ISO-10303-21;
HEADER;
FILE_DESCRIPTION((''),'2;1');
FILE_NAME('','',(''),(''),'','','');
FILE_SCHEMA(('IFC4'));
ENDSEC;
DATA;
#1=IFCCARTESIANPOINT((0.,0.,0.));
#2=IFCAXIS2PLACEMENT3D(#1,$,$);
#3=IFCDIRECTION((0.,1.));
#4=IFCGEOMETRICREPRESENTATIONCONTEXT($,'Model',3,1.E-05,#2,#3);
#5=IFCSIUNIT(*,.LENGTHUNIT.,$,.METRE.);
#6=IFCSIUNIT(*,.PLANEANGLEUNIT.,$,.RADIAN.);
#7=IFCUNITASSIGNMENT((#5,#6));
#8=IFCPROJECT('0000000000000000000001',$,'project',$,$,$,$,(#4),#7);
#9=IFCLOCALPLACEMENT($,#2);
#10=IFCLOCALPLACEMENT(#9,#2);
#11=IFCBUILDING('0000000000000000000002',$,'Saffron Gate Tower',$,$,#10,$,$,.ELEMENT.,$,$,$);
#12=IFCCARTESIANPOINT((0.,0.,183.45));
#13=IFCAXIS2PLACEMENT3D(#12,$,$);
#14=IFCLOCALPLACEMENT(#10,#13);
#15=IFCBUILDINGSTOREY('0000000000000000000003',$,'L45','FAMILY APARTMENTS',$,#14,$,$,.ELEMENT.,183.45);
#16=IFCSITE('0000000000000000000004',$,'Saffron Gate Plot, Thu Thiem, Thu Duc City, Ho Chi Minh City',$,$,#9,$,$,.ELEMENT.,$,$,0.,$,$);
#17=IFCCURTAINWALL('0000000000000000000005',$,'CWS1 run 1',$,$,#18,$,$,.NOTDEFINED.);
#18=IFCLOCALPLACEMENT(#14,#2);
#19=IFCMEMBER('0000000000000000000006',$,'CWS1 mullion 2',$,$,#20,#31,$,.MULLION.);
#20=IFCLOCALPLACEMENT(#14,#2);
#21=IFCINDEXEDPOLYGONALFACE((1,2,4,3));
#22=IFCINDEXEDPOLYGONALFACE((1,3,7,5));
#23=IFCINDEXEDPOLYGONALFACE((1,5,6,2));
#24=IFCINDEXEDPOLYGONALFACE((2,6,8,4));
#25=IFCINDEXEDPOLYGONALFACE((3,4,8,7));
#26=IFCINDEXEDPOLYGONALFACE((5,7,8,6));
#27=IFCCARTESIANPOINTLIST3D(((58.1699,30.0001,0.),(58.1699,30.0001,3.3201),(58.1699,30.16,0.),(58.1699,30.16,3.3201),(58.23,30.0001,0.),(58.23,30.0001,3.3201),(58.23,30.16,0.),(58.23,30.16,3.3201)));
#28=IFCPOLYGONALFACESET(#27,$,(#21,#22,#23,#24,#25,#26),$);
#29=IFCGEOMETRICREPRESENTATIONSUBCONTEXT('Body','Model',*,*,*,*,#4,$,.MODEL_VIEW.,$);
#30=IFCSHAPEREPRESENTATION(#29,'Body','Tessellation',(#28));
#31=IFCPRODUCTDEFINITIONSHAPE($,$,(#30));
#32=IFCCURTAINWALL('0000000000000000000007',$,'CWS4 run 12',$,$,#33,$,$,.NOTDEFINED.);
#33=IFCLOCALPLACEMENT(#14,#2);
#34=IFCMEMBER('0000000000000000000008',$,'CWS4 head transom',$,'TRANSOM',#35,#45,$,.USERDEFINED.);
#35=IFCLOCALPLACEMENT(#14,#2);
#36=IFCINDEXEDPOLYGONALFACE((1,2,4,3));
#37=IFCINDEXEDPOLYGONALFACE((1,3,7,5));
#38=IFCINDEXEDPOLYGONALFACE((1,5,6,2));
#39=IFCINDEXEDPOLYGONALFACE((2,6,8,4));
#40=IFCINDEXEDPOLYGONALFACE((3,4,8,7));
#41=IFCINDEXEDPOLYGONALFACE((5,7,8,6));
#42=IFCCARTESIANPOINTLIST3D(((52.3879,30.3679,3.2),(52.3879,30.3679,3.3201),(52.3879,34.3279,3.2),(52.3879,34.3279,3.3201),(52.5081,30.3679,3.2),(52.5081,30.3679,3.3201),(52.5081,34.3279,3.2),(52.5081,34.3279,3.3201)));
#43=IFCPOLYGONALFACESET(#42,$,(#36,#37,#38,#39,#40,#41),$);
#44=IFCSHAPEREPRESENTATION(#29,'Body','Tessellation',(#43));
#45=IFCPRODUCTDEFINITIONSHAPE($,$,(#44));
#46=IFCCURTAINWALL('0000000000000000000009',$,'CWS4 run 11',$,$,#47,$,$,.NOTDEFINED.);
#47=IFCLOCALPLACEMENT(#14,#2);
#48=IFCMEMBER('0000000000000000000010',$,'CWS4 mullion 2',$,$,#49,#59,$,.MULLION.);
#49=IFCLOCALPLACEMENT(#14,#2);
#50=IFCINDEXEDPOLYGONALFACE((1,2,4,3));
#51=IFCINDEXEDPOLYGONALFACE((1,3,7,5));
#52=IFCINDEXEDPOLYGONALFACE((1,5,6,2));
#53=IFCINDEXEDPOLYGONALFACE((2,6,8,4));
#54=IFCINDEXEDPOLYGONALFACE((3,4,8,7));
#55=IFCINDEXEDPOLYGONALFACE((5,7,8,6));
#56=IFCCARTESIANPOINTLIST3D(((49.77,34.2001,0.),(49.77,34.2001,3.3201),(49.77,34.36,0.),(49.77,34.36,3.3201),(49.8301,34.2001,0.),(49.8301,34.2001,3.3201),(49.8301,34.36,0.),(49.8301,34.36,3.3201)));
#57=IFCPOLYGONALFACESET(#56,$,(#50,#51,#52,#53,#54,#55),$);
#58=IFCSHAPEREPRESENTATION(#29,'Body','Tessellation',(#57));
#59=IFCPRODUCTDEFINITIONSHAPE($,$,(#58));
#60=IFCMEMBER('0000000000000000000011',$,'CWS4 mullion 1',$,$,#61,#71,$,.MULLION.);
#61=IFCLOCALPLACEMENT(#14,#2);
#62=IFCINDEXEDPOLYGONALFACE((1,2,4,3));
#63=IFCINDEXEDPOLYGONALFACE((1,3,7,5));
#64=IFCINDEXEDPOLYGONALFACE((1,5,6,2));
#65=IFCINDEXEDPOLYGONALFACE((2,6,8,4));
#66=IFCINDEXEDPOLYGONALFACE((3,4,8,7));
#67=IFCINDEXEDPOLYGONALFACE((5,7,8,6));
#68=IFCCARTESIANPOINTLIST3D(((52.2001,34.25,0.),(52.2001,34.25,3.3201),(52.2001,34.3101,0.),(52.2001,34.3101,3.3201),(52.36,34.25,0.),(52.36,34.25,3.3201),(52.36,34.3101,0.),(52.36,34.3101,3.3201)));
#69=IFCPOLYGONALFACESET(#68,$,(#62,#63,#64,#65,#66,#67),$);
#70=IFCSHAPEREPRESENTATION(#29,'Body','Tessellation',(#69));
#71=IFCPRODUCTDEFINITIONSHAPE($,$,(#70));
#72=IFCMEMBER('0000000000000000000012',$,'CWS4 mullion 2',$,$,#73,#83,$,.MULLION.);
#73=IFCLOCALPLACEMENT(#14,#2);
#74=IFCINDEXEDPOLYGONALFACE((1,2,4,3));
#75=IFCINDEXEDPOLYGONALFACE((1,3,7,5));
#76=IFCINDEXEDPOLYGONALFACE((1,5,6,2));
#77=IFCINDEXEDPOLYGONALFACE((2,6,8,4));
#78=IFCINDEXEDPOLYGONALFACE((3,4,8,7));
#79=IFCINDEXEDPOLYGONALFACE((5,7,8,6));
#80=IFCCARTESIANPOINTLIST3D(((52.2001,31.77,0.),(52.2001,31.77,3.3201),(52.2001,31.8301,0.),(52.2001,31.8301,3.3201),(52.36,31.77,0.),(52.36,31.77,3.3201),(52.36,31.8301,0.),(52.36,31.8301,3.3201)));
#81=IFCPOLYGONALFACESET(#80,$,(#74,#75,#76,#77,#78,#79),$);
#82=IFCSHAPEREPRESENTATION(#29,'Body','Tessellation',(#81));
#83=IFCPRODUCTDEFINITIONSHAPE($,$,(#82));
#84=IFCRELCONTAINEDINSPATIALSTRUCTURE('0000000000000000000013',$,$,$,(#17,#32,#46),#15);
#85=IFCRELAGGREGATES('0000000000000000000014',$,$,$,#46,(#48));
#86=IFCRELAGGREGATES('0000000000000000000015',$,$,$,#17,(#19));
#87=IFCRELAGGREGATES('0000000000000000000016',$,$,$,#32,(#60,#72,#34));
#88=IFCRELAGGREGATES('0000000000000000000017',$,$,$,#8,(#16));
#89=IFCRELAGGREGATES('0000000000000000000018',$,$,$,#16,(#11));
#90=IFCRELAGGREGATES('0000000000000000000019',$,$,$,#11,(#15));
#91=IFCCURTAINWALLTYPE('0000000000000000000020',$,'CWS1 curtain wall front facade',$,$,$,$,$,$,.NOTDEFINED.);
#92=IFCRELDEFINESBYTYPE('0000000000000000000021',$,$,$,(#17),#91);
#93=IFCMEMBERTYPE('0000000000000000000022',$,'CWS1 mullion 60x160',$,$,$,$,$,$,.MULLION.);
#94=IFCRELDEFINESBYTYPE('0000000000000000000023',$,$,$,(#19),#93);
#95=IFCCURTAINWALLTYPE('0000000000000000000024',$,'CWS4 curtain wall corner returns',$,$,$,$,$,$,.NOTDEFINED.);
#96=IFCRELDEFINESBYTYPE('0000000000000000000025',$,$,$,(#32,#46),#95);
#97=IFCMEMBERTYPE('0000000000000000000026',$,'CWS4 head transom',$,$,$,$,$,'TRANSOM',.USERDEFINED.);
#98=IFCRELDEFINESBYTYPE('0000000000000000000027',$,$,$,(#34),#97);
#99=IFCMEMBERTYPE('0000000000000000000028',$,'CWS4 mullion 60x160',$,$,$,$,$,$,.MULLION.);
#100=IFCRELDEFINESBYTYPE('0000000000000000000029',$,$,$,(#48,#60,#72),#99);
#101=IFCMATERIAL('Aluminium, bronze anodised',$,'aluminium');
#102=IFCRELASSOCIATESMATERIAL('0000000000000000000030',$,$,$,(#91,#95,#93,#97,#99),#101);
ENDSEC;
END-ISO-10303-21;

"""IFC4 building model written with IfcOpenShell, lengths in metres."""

from ifc_helpers import new_model, si_unit, direction, frame, origin, origin_2d, place, context, subcontext, project, spatial, rectangle, extrude, material, material_profile, profile_set, type_object, element, aggregate, save


model = new_model("IFC4")

# Units and contexts
model_context = context("Model", 3, precision=1e-05, world=origin(), true_north=direction((0.0, 1.0)))
body_context = subcontext(model_context, "Body", "Model", "MODEL_VIEW")
ifc_project = project(units=[si_unit("LENGTHUNIT", "METRE"), si_unit("PLANEANGLEUNIT", "RADIAN")], contexts=[model_context])

# Site, building, storey
site_placement = place(None, origin())
site = spatial("IfcSite", under=ifc_project, at=site_placement, Name="Saffron Gate Plot, Thu Thiem, Thu Duc City, Ho Chi Minh City", CompositionType="ELEMENT", RefElevation=0.0)
building_placement = place(site_placement, origin())
building = spatial("IfcBuilding", under=site, at=building_placement, Name="Saffron Gate Tower", CompositionType="ELEMENT")
storey_placement = place(building_placement, frame((0.0, 0.0, 183.45)))
storey = spatial("IfcBuildingStorey", under=building, at=storey_placement, Name="L45", Description="FAMILY APARTMENTS", CompositionType="ELEMENT", Elevation=183.45)

# Curtain wall, member
ifc_material_1 = material(Name="Aluminium, bronze anodised", Category="aluminium")
curtain_wall_type_1 = type_object("IfcCurtainWallType", Name="CWS1 curtain wall front facade", PredefinedType="NOTDEFINED", material=ifc_material_1)
curtain_wall_1_placement = place(storey_placement, origin())
curtain_wall_1 = element("IfcCurtainWall", 1, at=curtain_wall_1_placement, inside=storey, type_object=curtain_wall_type_1, Name="CWS1 run 1", PredefinedType="NOTDEFINED")
ifc_material_profile_1 = material_profile(ifc_material_1, rectangle(XDim=0.1599, YDim=0.0601, at=origin_2d()))
ifc_profile_set_1 = profile_set([ifc_material_profile_1], Name="Aluminium, bronze anodised")
member_type_1 = type_object("IfcMemberType", Name="CWS1 mullion 60x160", PredefinedType="MULLION", material=ifc_profile_set_1)
member_1_placement = place(storey_placement, frame((58.2, 30.0801, 0.0), z_axis=(0.0, 0.0, 1.0), x_axis=(0.0, 1.0, 0.0)))
member_1 = element("IfcMember", 2, at=member_1_placement, type_object=member_type_1, Name="CWS1 mullion 2", PredefinedType="MULLION", context=body_context, shape_type="SweptSolid", body=[
    extrude(rectangle(XDim=0.1599, YDim=0.0601, at=origin_2d()), origin(), (0.0, 0.0, 1.0), 3.3201),
])

# Curtain walls, members
curtain_wall_type_2 = type_object("IfcCurtainWallType", Name="CWS4 curtain wall corner returns", PredefinedType="NOTDEFINED", material=ifc_material_1)
curtain_wall_2_placement = place(storey_placement, origin())
curtain_wall_2 = element("IfcCurtainWall", 3, at=curtain_wall_2_placement, inside=storey, type_object=curtain_wall_type_2, Name="CWS4 run 12", PredefinedType="NOTDEFINED")
ifc_material_profile_2 = material_profile(ifc_material_1, rectangle(XDim=0.1201, YDim=0.1201, at=origin_2d()))
ifc_profile_set_2 = profile_set([ifc_material_profile_2], Name="Aluminium, bronze anodised")
member_type_2 = type_object("IfcMemberType", Name="CWS4 head transom", ElementType="TRANSOM", PredefinedType="USERDEFINED", material=ifc_profile_set_2)
member_2_placement = place(storey_placement, frame((52.448, 34.3279, 3.26), z_axis=(0.0, -1.0, 0.0), x_axis=(1.0, 0.0, 0.0)))
member_2 = element("IfcMember", 4, at=member_2_placement, type_object=member_type_2, Name="CWS4 head transom", ObjectType="TRANSOM", PredefinedType="USERDEFINED", context=body_context, shape_type="SweptSolid", body=[
    extrude(rectangle(XDim=0.1201, YDim=0.1201, at=origin_2d()), origin(), (0.0, 0.0, 1.0), 3.96),
])
curtain_wall_3_placement = place(storey_placement, origin())
curtain_wall_3 = element("IfcCurtainWall", 5, at=curtain_wall_3_placement, inside=storey, type_object=curtain_wall_type_2, Name="CWS4 run 11", PredefinedType="NOTDEFINED")
ifc_material_profile_3 = material_profile(ifc_material_1, rectangle(XDim=0.1599, YDim=0.0601, at=origin_2d()))
ifc_profile_set_3 = profile_set([ifc_material_profile_3], Name="Aluminium, bronze anodised")
member_type_3 = type_object("IfcMemberType", Name="CWS4 mullion 60x160", PredefinedType="MULLION", material=ifc_profile_set_3)
member_3_placement = place(storey_placement, frame((49.8, 34.28, 0.0), z_axis=(0.0, 0.0, 1.0), x_axis=(0.0, 1.0, 0.0)))
member_3 = element("IfcMember", 6, at=member_3_placement, type_object=member_type_3, Name="CWS4 mullion 2", PredefinedType="MULLION", context=body_context, shape_type="SweptSolid", body=[
    extrude(rectangle(XDim=0.1599, YDim=0.0601, at=origin_2d()), origin(), (0.0, 0.0, 1.0), 3.3201),
])
aggregate(curtain_wall_3, [member_3])

# Members
member_4_placement = place(storey_placement, frame((52.28, 34.28, 0.0), z_axis=(0.0, 0.0, 1.0), x_axis=(1.0, 0.0, 0.0)))
member_4 = element("IfcMember", 7, at=member_4_placement, type_object=member_type_3, Name="CWS4 mullion 1", PredefinedType="MULLION", context=body_context, shape_type="SweptSolid", body=[
    extrude(rectangle(XDim=0.1599, YDim=0.0601, at=origin_2d()), origin(), (0.0, 0.0, 1.0), 3.3201),
])
member_5_placement = place(storey_placement, frame((52.28, 31.8, 0.0), z_axis=(0.0, 0.0, 1.0), x_axis=(1.0, 0.0, 0.0)))
member_5 = element("IfcMember", 8, at=member_5_placement, type_object=member_type_3, Name="CWS4 mullion 2", PredefinedType="MULLION", context=body_context, shape_type="SweptSolid", body=[
    extrude(rectangle(XDim=0.1599, YDim=0.0601, at=origin_2d()), origin(), (0.0, 0.0, 1.0), 3.3201),
])

aggregate(curtain_wall_1, [member_1])

aggregate(curtain_wall_2, [member_4, member_5, member_2])

save(model, "model.ifc")
